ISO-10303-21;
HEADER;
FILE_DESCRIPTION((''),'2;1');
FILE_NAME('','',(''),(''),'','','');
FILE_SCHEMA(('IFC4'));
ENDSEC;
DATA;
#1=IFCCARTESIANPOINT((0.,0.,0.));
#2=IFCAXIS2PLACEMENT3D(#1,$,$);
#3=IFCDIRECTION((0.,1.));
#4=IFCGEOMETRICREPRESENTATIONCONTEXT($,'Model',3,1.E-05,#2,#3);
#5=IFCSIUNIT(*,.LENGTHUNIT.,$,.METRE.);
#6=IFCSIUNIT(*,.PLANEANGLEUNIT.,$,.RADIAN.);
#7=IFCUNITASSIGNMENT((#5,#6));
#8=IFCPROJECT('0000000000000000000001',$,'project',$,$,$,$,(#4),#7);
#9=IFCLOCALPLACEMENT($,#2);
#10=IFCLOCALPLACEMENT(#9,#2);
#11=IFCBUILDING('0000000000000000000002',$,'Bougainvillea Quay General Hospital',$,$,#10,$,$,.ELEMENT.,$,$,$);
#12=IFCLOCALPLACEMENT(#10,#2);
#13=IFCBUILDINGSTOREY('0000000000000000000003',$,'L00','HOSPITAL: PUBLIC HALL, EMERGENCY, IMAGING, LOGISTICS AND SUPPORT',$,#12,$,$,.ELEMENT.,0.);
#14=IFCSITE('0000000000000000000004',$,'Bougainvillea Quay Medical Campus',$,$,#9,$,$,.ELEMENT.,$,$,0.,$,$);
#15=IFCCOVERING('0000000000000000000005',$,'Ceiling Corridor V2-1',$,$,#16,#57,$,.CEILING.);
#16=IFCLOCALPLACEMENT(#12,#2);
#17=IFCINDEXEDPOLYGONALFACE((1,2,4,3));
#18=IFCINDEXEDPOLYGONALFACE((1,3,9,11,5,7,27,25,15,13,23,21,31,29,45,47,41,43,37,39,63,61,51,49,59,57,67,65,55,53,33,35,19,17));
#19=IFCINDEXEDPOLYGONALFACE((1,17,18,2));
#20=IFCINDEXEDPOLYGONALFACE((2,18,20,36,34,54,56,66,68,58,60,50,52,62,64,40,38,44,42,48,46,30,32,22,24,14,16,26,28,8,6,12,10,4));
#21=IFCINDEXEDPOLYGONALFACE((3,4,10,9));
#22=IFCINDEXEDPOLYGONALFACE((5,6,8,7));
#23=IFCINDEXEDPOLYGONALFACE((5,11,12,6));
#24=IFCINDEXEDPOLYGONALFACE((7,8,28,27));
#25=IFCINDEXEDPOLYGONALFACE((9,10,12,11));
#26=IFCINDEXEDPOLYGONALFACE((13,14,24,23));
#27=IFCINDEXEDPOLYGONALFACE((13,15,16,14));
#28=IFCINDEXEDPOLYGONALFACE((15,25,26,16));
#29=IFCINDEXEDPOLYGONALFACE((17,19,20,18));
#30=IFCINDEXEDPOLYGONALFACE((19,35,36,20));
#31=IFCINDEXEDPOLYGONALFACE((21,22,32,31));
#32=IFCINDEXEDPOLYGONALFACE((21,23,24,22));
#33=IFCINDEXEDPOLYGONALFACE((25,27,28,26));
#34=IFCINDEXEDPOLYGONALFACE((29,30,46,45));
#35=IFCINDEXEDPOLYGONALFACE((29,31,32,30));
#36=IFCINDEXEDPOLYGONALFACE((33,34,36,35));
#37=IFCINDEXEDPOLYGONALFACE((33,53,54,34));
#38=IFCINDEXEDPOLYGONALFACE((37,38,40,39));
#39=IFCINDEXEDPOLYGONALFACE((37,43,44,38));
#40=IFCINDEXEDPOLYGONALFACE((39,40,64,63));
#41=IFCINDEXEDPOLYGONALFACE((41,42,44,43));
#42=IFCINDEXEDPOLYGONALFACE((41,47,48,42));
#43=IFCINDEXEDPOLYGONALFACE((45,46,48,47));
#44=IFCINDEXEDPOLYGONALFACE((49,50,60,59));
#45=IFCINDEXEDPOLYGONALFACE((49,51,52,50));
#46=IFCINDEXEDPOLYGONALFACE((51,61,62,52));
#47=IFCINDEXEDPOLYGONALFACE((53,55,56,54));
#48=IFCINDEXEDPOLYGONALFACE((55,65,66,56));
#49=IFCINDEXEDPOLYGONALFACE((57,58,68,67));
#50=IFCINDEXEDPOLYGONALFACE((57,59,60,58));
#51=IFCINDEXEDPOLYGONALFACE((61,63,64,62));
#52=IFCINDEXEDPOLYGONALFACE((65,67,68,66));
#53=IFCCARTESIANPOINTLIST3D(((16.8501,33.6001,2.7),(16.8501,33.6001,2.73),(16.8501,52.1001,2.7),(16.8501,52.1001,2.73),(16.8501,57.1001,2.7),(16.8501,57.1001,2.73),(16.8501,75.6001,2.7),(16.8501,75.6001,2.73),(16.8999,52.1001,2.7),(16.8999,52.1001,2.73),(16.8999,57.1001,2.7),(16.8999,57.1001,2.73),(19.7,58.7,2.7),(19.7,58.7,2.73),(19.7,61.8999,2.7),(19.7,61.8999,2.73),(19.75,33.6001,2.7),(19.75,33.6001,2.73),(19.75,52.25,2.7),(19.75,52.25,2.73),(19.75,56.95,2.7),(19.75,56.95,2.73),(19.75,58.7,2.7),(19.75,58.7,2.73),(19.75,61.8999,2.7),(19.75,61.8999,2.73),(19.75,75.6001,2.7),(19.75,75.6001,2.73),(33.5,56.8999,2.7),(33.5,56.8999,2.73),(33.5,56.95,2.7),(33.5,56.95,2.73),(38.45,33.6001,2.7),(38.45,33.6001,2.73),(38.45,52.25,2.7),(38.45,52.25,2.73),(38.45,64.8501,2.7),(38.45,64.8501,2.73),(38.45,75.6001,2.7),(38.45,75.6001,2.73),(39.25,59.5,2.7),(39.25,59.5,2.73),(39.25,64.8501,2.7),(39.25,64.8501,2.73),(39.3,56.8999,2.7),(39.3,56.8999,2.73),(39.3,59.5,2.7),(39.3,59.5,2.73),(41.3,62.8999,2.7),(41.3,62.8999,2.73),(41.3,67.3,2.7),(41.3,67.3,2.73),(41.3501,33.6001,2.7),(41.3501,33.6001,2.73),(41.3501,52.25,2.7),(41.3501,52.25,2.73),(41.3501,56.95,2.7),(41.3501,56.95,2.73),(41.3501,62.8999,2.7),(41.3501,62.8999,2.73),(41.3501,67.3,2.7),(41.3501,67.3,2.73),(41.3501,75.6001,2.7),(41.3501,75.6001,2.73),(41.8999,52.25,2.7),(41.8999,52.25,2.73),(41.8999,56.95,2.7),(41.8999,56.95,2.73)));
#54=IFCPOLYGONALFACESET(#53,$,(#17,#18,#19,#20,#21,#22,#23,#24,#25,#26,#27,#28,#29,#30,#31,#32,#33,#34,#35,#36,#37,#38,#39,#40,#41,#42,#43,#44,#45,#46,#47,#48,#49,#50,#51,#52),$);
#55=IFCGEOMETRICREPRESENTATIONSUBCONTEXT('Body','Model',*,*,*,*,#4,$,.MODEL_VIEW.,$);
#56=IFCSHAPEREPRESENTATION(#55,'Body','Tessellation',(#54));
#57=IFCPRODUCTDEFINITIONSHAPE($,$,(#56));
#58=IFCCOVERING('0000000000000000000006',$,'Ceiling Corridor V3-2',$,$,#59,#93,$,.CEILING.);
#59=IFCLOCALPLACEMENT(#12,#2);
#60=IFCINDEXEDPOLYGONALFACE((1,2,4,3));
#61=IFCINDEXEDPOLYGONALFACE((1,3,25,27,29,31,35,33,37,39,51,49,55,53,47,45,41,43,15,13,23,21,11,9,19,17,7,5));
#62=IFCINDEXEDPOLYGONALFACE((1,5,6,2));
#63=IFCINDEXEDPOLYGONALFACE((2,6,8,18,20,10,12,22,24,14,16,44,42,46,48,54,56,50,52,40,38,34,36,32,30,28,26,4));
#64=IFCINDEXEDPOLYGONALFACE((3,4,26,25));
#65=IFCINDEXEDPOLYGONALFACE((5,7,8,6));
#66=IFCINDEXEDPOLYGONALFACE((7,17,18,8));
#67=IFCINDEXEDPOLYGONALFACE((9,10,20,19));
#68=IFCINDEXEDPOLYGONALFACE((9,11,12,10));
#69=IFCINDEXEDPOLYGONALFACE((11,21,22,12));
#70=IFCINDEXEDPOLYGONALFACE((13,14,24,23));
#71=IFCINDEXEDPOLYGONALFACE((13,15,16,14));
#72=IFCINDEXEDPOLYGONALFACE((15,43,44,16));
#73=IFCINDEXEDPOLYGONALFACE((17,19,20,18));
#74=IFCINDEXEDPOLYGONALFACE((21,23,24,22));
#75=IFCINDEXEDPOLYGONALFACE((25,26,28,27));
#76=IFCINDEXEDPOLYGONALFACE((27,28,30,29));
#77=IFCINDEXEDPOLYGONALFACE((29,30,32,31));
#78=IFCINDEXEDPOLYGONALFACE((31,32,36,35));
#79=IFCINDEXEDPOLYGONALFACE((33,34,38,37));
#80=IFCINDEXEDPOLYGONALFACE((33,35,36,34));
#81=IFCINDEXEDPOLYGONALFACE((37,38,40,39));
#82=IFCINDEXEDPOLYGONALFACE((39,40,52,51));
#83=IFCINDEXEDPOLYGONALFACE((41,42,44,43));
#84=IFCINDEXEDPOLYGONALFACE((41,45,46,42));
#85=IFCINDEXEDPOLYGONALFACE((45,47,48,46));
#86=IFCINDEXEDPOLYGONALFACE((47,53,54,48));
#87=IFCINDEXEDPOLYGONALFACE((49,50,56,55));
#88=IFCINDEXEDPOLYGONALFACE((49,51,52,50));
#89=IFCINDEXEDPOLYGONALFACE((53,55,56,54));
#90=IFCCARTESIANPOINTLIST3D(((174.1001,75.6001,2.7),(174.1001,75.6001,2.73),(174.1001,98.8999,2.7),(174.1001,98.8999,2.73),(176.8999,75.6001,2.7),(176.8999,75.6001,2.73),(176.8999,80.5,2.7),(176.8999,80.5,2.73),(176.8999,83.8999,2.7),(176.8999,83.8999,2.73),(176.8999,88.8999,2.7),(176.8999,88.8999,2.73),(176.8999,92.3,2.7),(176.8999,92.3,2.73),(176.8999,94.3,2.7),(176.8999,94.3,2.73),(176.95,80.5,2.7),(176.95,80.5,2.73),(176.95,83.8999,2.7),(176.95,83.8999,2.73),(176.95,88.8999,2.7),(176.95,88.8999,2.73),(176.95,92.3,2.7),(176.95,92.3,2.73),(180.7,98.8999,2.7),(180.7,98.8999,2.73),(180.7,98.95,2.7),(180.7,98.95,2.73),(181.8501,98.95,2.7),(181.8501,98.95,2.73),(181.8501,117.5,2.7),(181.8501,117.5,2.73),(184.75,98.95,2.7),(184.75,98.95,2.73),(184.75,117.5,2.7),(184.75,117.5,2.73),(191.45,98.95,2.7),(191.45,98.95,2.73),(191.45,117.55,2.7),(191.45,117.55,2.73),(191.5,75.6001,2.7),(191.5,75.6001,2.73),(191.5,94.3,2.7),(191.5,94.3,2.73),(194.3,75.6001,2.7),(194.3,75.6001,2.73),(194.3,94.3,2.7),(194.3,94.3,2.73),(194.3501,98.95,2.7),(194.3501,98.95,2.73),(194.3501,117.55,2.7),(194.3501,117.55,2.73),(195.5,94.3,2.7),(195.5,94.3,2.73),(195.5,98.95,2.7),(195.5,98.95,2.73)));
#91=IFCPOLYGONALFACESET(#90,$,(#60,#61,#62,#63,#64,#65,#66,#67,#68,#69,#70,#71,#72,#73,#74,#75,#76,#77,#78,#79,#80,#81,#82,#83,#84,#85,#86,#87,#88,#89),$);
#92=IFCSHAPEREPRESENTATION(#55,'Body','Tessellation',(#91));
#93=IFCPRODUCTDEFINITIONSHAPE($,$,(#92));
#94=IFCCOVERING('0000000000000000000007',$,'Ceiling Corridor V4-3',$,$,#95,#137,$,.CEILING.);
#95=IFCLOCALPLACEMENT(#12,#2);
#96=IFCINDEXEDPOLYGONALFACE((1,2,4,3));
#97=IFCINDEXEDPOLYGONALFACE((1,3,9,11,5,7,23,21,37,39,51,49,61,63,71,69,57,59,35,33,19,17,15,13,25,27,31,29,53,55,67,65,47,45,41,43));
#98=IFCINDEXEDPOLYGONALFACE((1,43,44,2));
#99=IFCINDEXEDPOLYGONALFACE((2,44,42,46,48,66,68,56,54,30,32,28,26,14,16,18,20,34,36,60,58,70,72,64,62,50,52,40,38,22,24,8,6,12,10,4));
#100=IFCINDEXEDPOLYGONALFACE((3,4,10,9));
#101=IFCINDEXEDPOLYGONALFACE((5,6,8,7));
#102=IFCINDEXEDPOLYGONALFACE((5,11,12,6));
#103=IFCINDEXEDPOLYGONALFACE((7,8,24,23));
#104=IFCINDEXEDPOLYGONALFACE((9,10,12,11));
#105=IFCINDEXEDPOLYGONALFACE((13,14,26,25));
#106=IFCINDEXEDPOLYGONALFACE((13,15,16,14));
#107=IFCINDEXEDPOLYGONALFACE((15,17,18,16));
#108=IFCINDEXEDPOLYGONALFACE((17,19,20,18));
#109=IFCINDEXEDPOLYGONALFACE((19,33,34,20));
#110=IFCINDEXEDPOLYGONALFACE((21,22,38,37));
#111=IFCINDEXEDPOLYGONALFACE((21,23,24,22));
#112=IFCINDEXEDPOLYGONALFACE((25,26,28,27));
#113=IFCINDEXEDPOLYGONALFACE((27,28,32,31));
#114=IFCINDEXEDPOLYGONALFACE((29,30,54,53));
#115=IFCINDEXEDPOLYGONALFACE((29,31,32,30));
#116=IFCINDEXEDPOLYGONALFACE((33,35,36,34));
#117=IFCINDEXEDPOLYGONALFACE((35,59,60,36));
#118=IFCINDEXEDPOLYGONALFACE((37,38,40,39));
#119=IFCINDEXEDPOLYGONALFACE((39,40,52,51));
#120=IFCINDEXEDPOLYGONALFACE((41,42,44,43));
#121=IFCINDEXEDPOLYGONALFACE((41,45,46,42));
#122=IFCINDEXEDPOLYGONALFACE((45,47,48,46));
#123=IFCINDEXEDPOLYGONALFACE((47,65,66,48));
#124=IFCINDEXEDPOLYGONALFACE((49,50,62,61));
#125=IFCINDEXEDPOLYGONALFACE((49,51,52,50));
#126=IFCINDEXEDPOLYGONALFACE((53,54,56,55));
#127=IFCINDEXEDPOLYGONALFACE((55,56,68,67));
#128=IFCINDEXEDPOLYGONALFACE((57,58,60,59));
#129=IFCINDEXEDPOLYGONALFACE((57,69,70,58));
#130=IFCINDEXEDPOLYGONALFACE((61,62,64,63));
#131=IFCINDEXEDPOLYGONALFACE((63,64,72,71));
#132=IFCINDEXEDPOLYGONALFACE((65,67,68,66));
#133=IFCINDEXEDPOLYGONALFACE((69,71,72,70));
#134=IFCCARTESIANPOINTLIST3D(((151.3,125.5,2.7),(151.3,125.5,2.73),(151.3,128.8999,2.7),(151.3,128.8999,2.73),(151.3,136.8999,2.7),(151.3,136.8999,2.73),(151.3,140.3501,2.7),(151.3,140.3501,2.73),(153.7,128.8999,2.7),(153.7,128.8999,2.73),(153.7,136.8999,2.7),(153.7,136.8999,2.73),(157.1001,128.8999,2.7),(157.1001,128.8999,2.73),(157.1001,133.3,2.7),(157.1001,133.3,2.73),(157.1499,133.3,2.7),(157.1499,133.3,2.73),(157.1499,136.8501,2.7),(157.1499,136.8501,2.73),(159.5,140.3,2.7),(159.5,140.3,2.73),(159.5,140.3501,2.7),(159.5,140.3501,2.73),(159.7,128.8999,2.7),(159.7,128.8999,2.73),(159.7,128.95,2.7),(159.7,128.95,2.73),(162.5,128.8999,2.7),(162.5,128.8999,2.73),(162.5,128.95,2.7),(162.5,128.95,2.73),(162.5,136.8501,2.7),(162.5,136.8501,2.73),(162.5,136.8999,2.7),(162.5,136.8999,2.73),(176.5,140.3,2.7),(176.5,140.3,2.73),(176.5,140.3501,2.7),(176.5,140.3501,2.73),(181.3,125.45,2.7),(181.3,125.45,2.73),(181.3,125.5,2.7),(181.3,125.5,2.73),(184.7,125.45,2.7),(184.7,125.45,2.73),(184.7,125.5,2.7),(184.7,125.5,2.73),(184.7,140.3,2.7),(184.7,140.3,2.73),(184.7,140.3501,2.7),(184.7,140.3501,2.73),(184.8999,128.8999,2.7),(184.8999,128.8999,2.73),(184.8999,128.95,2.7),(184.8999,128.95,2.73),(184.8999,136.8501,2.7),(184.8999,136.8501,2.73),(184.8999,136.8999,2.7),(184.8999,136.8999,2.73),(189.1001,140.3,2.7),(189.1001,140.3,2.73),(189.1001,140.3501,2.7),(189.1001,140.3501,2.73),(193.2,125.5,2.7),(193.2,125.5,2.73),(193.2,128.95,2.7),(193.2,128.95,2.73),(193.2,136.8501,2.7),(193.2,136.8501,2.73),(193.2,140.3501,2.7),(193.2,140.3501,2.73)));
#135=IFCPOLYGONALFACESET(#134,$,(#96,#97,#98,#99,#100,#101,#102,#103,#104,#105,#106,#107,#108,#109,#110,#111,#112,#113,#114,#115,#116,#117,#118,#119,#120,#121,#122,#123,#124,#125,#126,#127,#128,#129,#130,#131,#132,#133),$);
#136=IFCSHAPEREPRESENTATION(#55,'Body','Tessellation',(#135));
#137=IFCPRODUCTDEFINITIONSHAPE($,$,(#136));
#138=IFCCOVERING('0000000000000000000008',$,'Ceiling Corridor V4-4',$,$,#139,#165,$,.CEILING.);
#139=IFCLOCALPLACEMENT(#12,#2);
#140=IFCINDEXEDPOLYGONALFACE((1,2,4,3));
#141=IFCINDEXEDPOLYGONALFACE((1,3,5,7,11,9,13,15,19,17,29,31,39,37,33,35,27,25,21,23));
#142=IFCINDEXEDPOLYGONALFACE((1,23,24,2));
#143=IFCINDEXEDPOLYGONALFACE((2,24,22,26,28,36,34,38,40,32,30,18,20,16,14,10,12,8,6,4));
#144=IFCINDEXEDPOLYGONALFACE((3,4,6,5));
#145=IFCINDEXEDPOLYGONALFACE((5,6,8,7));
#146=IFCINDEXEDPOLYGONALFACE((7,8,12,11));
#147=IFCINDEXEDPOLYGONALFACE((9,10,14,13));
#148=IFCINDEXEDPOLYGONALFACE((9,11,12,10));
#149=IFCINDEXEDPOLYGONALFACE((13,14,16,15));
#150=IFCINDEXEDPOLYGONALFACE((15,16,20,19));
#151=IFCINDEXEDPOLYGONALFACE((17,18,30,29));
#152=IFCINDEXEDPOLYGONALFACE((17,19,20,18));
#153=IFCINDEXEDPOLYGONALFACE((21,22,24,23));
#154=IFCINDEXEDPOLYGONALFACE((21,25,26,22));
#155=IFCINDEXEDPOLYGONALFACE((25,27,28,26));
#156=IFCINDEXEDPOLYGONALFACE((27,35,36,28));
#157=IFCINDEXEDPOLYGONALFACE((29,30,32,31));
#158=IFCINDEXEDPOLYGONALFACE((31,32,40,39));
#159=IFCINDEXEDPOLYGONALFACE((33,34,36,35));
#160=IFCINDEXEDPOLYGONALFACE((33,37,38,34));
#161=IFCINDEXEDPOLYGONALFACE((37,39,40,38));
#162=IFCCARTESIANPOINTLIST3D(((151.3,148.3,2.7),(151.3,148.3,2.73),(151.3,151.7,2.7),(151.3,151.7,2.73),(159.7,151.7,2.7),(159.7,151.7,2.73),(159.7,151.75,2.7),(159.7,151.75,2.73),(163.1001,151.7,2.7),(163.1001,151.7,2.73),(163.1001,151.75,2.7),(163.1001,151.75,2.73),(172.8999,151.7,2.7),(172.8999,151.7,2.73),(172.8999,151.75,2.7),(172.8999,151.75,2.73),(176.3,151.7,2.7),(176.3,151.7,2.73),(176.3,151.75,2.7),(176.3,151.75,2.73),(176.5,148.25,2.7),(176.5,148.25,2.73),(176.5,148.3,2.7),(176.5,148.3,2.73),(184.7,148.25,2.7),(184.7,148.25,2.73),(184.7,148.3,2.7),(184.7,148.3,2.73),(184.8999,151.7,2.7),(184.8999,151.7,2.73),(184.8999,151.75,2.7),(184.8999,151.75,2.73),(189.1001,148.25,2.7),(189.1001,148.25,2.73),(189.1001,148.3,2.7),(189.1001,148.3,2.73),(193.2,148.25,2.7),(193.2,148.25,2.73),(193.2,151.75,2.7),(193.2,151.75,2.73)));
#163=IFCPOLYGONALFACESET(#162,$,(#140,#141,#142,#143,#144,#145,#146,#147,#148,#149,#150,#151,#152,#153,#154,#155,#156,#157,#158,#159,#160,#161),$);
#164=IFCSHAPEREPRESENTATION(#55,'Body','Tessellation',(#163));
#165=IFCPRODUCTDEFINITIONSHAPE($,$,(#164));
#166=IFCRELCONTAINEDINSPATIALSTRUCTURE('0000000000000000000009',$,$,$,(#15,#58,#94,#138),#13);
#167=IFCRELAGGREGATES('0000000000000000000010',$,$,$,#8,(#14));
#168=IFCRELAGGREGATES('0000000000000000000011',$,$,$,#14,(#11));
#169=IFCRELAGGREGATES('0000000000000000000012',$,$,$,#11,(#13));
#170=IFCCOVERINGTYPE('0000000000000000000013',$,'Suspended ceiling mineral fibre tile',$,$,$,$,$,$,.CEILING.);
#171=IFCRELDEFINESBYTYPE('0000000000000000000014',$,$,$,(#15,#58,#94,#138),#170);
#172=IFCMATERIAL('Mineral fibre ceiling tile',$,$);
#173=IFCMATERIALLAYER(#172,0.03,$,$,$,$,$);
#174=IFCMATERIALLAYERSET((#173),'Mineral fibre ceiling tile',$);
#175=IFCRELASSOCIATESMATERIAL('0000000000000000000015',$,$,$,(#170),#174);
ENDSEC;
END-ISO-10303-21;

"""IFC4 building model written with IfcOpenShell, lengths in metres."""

from ifc_helpers import new_model, si_unit, direction, frame, origin, place, context, subcontext, project, spatial, polyline, outline, extrude, material, layer, layer_set, type_object, element, save


model = new_model("IFC4")

# Units and contexts
model_context = context("Model", 3, precision=1e-05, world=origin(), true_north=direction((0.0, 1.0)))
body_context = subcontext(model_context, "Body", "Model", "MODEL_VIEW")
ifc_project = project(units=[si_unit("LENGTHUNIT", "METRE"), si_unit("PLANEANGLEUNIT", "RADIAN")], contexts=[model_context])

# Site, building, storey
site_placement = place(None, origin())
site = spatial("IfcSite", under=ifc_project, at=site_placement, Name="Bougainvillea Quay Medical Campus", CompositionType="ELEMENT", RefElevation=0.0)
building_placement = place(site_placement, origin())
building = spatial("IfcBuilding", under=site, at=building_placement, Name="Bougainvillea Quay General Hospital", CompositionType="ELEMENT")
storey_placement = place(building_placement, origin())
storey = spatial("IfcBuildingStorey", under=building, at=storey_placement, Name="L00", Description="HOSPITAL: PUBLIC HALL, EMERGENCY, IMAGING, LOGISTICS AND SUPPORT", CompositionType="ELEMENT", Elevation=0.0)

# Coverings
ifc_material_1 = material(Name="Mineral fibre ceiling tile")
ifc_layer_1 = layer(ifc_material_1, 0.03)
ifc_layer_set_1 = layer_set([ifc_layer_1], Name="Mineral fibre ceiling tile")
covering_type = type_object("IfcCoveringType", Name="Suspended ceiling mineral fibre tile", PredefinedType="CEILING", material=ifc_layer_set_1)
covering_1_placement = place(storey_placement, frame((0.0, 0.0, 2.7)))
element("IfcCovering", 1, at=covering_1_placement, inside=storey, type_object=covering_type, Name="Ceiling Corridor V2-1", PredefinedType="CEILING", context=body_context, shape_type="SweptSolid", body=[
    extrude(outline(polyline([(16.8501, 75.6001), (16.8501, 57.1001), (16.8999, 57.1001), (16.8999, 52.1001), (16.8501, 52.1001), (16.8501, 33.6001), (19.75, 33.6001), (19.75, 52.25), (38.45, 52.25), (38.45, 33.6001), (41.3501, 33.6001), (41.3501, 52.25), (41.8999, 52.25), (41.8999, 56.95), (41.3501, 56.95), (41.3501, 62.8999), (41.3, 62.8999), (41.3, 67.3), (41.3501, 67.3), (41.3501, 75.6001), (38.45, 75.6001), (38.45, 64.8501), (39.25, 64.8501), (39.25, 59.5), (39.3, 59.5), (39.3, 56.8999), (33.5, 56.8999), (33.5, 56.95), (19.75, 56.95), (19.75, 58.7), (19.7, 58.7), (19.7, 61.8999), (19.75, 61.8999), (19.75, 75.6001), (16.8501, 75.6001)])), origin(), (0.0, 0.0, 1.0), 0.03),
])
covering_2_placement = place(storey_placement, frame((0.0, 0.0, 2.7)))
element("IfcCovering", 2, at=covering_2_placement, inside=storey, type_object=covering_type, Name="Ceiling Corridor V3-2", PredefinedType="CEILING", context=body_context, shape_type="SweptSolid", body=[
    extrude(outline(polyline([(194.3, 75.6001), (194.3, 94.3), (195.5, 94.3), (195.5, 98.95), (194.3501, 98.95), (194.3501, 117.55), (191.45, 117.55), (191.45, 98.95), (184.75, 98.95), (184.75, 117.5), (181.8501, 117.5), (181.8501, 98.95), (180.7, 98.95), (180.7, 98.8999), (174.1001, 98.8999), (174.1001, 75.6001), (176.8999, 75.6001), (176.8999, 80.5), (176.95, 80.5), (176.95, 83.8999), (176.8999, 83.8999), (176.8999, 88.8999), (176.95, 88.8999), (176.95, 92.3), (176.8999, 92.3), (176.8999, 94.3), (191.5, 94.3), (191.5, 75.6001), (194.3, 75.6001)])), origin(), (0.0, 0.0, 1.0), 0.03),
])
covering_3_placement = place(storey_placement, frame((0.0, 0.0, 2.7)))
element("IfcCovering", 3, at=covering_3_placement, inside=storey, type_object=covering_type, Name="Ceiling Corridor V4-3", PredefinedType="CEILING", context=body_context, shape_type="SweptSolid", body=[
    extrude(outline(polyline([(193.2, 140.3501), (189.1001, 140.3501), (189.1001, 140.3), (184.7, 140.3), (184.7, 140.3501), (176.5, 140.3501), (176.5, 140.3), (159.5, 140.3), (159.5, 140.3501), (151.3, 140.3501), (151.3, 136.8999), (153.7, 136.8999), (153.7, 128.8999), (151.3, 128.8999), (151.3, 125.5), (181.3, 125.5), (181.3, 125.45), (184.7, 125.45), (184.7, 125.5), (193.2, 125.5), (193.2, 128.95), (184.8999, 128.95), (184.8999, 128.8999), (162.5, 128.8999), (162.5, 128.95), (159.7, 128.95), (159.7, 128.8999), (157.1001, 128.8999), (157.1001, 133.3), (157.1499, 133.3), (157.1499, 136.8501), (162.5, 136.8501), (162.5, 136.8999), (184.8999, 136.8999), (184.8999, 136.8501), (193.2, 136.8501), (193.2, 140.3501)])), origin(), (0.0, 0.0, 1.0), 0.03),
])
covering_4_placement = place(storey_placement, frame((0.0, 0.0, 2.7)))
element("IfcCovering", 4, at=covering_4_placement, inside=storey, type_object=covering_type, Name="Ceiling Corridor V4-4", PredefinedType="CEILING", context=body_context, shape_type="SweptSolid", body=[
    extrude(outline(polyline([(193.2, 151.75), (184.8999, 151.75), (184.8999, 151.7), (176.3, 151.7), (176.3, 151.75), (172.8999, 151.75), (172.8999, 151.7), (163.1001, 151.7), (163.1001, 151.75), (159.7, 151.75), (159.7, 151.7), (151.3, 151.7), (151.3, 148.3), (176.5, 148.3), (176.5, 148.25), (184.7, 148.25), (184.7, 148.3), (189.1001, 148.3), (189.1001, 148.25), (193.2, 148.25), (193.2, 151.75)])), origin(), (0.0, 0.0, 1.0), 0.03),
])

save(model, "model.ifc")
